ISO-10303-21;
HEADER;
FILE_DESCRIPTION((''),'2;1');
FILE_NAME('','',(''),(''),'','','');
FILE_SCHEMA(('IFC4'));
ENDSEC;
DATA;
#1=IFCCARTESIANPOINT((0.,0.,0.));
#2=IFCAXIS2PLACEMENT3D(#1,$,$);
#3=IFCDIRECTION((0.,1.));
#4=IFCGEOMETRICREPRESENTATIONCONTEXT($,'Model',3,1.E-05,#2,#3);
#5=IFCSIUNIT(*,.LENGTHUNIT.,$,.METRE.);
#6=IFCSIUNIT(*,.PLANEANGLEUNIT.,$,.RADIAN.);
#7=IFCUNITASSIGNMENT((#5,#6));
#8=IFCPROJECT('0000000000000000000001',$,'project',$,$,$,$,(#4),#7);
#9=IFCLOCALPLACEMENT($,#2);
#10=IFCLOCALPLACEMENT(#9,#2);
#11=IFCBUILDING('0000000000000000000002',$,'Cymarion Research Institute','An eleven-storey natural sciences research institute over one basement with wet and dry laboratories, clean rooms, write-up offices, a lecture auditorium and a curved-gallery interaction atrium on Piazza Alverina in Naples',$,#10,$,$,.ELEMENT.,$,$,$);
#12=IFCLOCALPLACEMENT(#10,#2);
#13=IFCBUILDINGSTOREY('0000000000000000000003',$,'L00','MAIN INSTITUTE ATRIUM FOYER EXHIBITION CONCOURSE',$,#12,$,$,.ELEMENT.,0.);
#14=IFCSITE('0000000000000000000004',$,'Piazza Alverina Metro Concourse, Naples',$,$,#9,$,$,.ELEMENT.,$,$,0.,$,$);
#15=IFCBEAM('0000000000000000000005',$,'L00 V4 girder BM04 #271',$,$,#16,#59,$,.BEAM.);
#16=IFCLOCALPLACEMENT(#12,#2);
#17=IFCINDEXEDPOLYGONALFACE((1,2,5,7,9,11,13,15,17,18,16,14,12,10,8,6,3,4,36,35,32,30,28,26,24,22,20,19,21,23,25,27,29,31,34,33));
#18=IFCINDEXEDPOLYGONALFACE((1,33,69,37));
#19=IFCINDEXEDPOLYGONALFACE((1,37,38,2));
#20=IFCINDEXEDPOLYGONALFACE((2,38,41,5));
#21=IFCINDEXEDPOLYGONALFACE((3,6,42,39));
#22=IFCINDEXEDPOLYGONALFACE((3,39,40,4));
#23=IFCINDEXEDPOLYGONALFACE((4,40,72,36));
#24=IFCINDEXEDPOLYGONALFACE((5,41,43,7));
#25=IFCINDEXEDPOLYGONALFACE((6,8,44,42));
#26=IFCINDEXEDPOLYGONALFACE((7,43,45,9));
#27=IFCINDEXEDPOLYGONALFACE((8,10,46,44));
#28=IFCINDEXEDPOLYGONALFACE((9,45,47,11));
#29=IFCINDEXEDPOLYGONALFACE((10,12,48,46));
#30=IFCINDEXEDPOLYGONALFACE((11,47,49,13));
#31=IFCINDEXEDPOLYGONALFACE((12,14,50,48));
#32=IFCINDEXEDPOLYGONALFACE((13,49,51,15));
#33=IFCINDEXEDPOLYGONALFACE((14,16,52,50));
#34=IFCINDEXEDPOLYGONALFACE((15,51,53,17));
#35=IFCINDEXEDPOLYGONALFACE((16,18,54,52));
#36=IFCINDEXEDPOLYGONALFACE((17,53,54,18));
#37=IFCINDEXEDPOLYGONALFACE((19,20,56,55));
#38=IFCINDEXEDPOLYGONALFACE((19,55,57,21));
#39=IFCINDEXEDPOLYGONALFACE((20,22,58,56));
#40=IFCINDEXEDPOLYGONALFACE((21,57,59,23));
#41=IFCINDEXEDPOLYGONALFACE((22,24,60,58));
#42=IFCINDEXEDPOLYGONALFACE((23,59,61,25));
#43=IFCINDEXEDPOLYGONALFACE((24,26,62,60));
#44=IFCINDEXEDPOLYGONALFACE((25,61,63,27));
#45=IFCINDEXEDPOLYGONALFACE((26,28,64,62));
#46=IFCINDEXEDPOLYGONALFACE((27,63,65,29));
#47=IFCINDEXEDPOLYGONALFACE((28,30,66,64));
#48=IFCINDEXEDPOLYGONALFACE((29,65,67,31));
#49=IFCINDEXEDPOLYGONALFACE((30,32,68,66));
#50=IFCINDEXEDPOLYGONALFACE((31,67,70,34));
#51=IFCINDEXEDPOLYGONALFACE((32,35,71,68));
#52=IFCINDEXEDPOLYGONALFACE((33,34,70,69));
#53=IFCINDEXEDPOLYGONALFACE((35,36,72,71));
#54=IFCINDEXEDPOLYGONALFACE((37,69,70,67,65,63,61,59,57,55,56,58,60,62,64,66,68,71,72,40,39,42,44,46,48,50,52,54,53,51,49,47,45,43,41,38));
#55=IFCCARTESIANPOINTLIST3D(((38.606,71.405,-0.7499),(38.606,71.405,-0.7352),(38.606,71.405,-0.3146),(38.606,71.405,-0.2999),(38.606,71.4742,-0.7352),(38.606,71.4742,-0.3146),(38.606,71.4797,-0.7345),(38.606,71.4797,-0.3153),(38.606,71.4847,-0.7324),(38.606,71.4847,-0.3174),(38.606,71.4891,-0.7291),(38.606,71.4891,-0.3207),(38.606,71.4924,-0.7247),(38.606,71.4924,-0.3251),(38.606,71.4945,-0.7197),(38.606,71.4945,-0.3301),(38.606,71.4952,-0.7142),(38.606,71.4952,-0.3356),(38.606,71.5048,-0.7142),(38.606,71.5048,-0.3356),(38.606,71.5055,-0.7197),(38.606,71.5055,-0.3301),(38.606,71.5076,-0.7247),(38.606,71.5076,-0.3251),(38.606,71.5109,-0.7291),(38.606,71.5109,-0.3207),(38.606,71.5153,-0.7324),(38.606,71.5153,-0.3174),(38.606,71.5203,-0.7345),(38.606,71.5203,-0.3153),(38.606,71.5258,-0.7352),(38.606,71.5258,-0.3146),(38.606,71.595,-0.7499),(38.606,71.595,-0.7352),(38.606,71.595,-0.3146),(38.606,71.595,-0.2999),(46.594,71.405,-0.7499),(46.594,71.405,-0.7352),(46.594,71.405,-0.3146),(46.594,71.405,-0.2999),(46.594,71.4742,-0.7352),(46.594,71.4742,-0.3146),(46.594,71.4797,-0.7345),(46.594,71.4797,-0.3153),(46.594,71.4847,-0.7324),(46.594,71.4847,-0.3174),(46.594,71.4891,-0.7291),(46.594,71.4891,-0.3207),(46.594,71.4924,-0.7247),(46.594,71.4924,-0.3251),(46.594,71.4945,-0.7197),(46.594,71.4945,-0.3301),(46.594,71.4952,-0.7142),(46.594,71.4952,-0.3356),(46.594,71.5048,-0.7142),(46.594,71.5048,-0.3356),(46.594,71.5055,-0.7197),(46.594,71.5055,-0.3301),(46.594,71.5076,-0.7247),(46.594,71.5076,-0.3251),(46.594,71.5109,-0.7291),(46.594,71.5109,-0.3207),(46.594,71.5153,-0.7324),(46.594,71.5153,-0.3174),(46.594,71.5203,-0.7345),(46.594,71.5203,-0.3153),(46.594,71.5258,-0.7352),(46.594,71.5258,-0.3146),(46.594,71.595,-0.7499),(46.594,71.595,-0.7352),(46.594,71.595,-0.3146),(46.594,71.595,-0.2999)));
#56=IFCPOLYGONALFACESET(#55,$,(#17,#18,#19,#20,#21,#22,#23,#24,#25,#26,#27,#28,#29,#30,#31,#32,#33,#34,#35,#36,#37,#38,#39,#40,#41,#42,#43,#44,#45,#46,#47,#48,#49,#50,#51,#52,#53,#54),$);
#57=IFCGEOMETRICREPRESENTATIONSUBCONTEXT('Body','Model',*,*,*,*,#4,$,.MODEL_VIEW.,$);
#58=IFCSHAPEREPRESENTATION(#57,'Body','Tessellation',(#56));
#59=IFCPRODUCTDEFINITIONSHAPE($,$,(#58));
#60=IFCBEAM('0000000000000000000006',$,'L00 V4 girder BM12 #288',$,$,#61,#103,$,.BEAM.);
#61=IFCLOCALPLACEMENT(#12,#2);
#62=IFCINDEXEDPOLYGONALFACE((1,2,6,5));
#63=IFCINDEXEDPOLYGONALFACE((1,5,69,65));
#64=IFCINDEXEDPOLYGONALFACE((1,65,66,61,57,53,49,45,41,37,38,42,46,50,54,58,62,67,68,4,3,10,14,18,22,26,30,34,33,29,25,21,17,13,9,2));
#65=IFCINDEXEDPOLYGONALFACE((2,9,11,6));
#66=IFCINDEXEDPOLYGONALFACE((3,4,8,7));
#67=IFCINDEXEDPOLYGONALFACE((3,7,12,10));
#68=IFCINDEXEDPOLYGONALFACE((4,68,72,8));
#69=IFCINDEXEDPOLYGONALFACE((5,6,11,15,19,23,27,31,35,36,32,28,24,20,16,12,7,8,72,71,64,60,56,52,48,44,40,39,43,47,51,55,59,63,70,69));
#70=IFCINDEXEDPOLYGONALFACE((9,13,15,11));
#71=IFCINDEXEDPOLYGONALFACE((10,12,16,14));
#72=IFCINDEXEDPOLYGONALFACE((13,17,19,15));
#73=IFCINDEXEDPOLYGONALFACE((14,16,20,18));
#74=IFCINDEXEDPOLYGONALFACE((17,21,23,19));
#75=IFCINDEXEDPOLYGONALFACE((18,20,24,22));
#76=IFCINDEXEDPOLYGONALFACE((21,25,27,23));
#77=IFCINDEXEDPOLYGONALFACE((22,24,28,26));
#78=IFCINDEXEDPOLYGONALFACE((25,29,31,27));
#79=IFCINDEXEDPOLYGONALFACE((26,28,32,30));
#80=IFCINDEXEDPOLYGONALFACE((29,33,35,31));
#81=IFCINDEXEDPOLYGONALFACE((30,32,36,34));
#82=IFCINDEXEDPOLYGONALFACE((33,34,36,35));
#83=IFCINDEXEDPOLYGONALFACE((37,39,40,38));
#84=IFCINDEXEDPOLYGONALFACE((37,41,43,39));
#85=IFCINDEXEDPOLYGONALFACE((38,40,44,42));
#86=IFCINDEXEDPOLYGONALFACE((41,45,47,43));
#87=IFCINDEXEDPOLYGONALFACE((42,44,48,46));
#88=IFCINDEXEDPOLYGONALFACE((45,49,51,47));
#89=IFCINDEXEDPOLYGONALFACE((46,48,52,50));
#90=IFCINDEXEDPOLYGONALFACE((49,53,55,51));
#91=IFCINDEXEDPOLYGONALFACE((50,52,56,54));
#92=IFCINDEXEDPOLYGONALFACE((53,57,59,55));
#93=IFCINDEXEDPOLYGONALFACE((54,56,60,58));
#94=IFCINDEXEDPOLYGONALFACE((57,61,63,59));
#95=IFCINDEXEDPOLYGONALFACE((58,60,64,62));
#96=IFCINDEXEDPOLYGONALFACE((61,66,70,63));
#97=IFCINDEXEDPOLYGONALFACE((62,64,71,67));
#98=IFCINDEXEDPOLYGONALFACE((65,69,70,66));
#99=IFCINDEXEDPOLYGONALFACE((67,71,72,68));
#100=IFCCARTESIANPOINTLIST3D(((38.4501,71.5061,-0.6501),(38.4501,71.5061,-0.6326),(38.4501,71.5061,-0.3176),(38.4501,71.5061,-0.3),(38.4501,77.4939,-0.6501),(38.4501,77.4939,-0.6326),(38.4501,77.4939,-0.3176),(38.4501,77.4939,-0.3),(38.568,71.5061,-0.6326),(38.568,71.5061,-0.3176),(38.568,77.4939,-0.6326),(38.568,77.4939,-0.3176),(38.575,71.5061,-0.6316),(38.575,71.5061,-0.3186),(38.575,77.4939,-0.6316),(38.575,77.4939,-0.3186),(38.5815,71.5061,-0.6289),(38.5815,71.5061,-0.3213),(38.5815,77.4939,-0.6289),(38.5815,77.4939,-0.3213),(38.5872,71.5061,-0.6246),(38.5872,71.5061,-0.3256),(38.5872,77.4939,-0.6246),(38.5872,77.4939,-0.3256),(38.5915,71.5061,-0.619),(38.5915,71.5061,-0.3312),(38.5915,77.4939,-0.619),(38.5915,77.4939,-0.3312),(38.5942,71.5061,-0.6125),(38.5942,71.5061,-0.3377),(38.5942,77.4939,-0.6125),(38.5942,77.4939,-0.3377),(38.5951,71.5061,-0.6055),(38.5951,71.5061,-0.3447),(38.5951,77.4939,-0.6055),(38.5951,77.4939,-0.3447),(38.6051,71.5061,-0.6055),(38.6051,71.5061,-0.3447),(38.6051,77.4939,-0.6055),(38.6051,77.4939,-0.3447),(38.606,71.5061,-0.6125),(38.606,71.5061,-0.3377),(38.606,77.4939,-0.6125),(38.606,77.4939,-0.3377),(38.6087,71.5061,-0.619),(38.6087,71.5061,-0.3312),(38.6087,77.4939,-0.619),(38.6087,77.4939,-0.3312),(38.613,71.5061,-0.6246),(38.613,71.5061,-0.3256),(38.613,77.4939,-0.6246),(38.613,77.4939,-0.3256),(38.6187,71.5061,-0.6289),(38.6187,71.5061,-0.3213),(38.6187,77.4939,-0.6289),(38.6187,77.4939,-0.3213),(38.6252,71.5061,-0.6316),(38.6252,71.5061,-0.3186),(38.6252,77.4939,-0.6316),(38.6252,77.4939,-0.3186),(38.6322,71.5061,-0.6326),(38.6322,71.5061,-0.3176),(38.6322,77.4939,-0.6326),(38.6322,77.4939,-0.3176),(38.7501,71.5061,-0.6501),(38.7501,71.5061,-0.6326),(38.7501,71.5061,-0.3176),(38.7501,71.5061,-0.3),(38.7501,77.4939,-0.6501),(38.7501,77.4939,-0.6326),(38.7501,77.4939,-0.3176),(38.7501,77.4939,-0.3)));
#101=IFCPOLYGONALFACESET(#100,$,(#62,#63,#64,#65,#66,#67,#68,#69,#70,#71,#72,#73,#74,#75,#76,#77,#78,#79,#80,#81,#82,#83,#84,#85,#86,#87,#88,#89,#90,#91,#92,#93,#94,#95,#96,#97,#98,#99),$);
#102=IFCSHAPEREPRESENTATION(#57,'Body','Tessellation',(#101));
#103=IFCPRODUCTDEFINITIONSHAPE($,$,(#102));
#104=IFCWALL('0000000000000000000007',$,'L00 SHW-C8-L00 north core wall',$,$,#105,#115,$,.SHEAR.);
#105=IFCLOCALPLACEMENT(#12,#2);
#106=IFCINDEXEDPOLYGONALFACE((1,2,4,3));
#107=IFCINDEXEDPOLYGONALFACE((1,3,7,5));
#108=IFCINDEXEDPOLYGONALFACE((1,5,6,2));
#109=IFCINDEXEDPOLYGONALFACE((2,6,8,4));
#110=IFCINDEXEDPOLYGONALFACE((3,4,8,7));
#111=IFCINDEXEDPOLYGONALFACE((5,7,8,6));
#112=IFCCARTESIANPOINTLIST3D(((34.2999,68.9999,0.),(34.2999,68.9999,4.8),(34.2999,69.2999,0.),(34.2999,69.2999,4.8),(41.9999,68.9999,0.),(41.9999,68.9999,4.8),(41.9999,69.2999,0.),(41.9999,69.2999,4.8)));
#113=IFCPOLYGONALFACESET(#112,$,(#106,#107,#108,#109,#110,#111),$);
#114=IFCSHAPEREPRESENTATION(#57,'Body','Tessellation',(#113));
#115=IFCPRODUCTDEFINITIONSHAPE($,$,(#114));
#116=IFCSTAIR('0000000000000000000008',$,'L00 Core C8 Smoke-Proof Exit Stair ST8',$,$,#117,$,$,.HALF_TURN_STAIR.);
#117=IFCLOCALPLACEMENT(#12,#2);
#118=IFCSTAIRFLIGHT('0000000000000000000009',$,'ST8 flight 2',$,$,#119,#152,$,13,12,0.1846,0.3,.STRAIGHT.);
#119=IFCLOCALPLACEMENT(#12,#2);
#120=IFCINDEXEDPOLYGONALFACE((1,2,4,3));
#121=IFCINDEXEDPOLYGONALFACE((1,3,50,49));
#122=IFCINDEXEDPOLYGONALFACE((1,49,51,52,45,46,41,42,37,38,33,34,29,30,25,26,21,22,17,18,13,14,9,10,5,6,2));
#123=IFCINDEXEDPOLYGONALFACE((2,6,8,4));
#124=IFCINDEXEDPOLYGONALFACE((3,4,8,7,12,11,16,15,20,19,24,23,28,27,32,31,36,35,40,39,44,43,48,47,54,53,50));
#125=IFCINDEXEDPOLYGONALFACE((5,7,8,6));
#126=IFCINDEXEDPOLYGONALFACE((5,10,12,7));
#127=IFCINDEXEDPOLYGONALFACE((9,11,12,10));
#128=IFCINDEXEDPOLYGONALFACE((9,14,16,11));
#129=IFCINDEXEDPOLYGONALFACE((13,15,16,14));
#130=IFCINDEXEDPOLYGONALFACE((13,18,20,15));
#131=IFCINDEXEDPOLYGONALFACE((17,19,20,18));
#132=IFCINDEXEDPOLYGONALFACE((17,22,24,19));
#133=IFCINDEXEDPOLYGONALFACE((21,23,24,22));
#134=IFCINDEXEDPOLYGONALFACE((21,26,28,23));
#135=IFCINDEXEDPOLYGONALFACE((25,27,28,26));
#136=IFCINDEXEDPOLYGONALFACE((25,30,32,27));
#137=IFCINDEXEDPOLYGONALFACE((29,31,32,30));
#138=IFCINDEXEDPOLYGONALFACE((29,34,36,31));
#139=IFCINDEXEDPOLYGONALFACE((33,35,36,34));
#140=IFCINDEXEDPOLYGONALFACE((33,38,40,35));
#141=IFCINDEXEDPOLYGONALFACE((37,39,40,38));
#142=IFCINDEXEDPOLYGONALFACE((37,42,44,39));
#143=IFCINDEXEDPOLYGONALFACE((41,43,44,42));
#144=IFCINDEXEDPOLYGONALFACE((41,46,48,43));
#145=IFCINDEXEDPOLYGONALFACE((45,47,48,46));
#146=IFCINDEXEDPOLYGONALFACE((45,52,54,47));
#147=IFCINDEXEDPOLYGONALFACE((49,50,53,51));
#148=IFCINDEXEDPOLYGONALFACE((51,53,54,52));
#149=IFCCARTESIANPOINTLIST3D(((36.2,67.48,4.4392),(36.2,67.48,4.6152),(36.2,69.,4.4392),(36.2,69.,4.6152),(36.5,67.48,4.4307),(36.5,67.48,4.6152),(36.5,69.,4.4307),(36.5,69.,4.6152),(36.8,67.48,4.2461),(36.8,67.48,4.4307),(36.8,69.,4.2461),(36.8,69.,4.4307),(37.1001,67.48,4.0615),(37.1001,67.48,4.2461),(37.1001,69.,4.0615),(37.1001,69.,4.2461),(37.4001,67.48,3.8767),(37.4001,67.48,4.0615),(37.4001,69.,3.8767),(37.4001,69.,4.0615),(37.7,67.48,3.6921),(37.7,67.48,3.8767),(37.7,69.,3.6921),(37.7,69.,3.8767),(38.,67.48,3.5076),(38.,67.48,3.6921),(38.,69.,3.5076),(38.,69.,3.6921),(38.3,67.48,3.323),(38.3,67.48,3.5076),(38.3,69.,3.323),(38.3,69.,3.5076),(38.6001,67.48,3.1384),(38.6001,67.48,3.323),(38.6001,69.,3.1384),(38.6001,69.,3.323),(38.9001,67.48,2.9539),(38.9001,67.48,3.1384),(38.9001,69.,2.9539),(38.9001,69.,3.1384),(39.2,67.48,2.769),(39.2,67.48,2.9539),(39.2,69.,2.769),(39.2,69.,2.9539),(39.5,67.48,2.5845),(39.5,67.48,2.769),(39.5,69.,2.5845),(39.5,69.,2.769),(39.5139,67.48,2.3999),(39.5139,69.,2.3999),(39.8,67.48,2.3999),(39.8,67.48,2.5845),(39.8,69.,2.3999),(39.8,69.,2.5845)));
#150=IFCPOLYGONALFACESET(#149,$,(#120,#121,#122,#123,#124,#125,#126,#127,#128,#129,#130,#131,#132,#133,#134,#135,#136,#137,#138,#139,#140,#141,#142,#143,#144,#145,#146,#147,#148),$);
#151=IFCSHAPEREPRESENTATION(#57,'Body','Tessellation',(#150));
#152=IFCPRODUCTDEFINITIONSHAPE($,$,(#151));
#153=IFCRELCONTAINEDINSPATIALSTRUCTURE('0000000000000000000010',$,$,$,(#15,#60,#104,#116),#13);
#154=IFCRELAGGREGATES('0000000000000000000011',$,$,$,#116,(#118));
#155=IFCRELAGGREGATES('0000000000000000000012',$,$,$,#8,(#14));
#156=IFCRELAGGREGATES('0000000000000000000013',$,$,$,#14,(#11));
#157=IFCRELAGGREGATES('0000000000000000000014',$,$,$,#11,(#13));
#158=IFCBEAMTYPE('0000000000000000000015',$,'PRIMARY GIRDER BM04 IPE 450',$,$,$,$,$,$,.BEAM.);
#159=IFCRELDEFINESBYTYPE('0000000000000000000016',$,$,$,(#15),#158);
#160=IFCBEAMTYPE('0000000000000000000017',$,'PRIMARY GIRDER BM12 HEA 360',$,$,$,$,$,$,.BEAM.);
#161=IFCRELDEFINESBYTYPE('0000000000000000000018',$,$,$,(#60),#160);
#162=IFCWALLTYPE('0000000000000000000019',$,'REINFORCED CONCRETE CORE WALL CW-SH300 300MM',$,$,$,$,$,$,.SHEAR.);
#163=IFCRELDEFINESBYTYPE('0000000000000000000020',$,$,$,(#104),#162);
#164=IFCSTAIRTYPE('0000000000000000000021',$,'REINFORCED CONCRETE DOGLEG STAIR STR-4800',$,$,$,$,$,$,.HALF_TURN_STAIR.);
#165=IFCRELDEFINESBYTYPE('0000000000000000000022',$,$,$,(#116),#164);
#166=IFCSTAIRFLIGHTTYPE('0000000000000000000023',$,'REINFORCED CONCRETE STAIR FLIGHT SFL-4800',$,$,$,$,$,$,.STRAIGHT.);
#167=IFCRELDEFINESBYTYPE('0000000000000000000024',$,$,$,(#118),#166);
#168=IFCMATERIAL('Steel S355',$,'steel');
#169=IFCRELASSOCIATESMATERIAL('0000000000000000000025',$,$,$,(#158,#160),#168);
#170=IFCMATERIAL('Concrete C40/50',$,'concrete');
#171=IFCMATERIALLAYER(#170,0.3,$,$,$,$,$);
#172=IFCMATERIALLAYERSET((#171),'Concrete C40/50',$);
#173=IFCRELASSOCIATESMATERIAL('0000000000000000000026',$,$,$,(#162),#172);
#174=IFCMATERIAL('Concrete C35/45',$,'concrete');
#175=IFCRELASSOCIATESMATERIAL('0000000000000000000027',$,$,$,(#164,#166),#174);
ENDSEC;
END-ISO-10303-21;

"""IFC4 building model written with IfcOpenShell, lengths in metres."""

from ifc_helpers import new_model, si_unit, direction, frame, frame_2d, origin, origin_2d, place, context, subcontext, project, spatial, polyline, rectangle, i_section, outline, extrude, material, layer, layer_set, material_profile, profile_set, type_object, element, aggregate, save


model = new_model("IFC4")

# Units and contexts
model_context = context("Model", 3, precision=1e-05, world=origin(), true_north=direction((0.0, 1.0)))
body_context = subcontext(model_context, "Body", "Model", "MODEL_VIEW")
ifc_project = project(units=[si_unit("LENGTHUNIT", "METRE"), si_unit("PLANEANGLEUNIT", "RADIAN")], contexts=[model_context])

# Site, building, storey
site_placement = place(None, origin())
site = spatial("IfcSite", under=ifc_project, at=site_placement, Name="Piazza Alverina Metro Concourse, Naples", CompositionType="ELEMENT", RefElevation=0.0)
building_placement = place(site_placement, origin())
building = spatial("IfcBuilding", under=site, at=building_placement, Name="Cymarion Research Institute", Description="An eleven-storey natural sciences research institute over one basement with wet and dry laboratories, clean rooms, write-up offices, a lecture auditorium and a curved-gallery interaction atrium on Piazza Alverina in Naples", CompositionType="ELEMENT")
storey_placement = place(building_placement, origin())
storey = spatial("IfcBuildingStorey", under=building, at=storey_placement, Name="L00", Description="MAIN INSTITUTE ATRIUM FOYER EXHIBITION CONCOURSE", CompositionType="ELEMENT", Elevation=0.0)

# Shared definitions
ifc_material_1 = material(Name="Steel S355", Category="steel")

# Beams
ifc_material_profile_1 = material_profile(ifc_material_1, i_section(OverallWidth=0.1899, OverallDepth=0.45, WebThickness=0.0095, FlangeThickness=0.0146, FilletRadius=0.021, at=origin_2d()), Name="IPE 450")
ifc_profile_set_1 = profile_set([ifc_material_profile_1], Name="Steel S355")
beam_type_1 = type_object("IfcBeamType", Name="PRIMARY GIRDER BM04 IPE 450", PredefinedType="BEAM", material=ifc_profile_set_1)
beam_1_placement = place(storey_placement, frame((38.606, 71.5, -0.5249), z_axis=(1.0, 0.0, 0.0), x_axis=(0.0, 1.0, 0.0)))
element("IfcBeam", 1, at=beam_1_placement, inside=storey, type_object=beam_type_1, Name="L00 V4 girder BM04 #271", PredefinedType="BEAM", context=body_context, shape_type="SweptSolid", body=[
    extrude(i_section(OverallWidth=0.1899, OverallDepth=0.45, WebThickness=0.0095, FlangeThickness=0.0146, FilletRadius=0.021, at=origin_2d()), origin(), (0.0, 0.0, 1.0), 7.988),
])
ifc_material_profile_2 = material_profile(ifc_material_1, i_section(OverallWidth=0.3, OverallDepth=0.3501, WebThickness=0.01, FlangeThickness=0.0176, FilletRadius=0.0271, at=origin_2d()), Name="HEA 360")
ifc_profile_set_2 = profile_set([ifc_material_profile_2], Name="Steel S355")
beam_type_2 = type_object("IfcBeamType", Name="PRIMARY GIRDER BM12 HEA 360", PredefinedType="BEAM", material=ifc_profile_set_2)
beam_2_placement = place(storey_placement, frame((38.6001, 71.5061, -0.4751), z_axis=(0.0, 1.0, 0.0), x_axis=(-1.0, 0.0, 0.0)))
element("IfcBeam", 2, at=beam_2_placement, inside=storey, type_object=beam_type_2, Name="L00 V4 girder BM12 #288", PredefinedType="BEAM", context=body_context, shape_type="SweptSolid", body=[
    extrude(i_section(OverallWidth=0.3, OverallDepth=0.3501, WebThickness=0.01, FlangeThickness=0.0176, FilletRadius=0.0271, at=origin_2d()), origin(), (0.0, 0.0, 1.0), 5.9878),
])

# Wall
ifc_material_2 = material(Name="Concrete C40/50", Category="concrete")
ifc_layer_1 = layer(ifc_material_2, 0.3)
ifc_layer_set_1 = layer_set([ifc_layer_1], Name="Concrete C40/50")
wall_type = type_object("IfcWallType", Name="REINFORCED CONCRETE CORE WALL CW-SH300 300MM", PredefinedType="SHEAR", material=ifc_layer_set_1)
wall_placement = place(storey_placement, frame((42.0, 69.1499, 0.0), z_axis=(0.0, 0.0, 1.0), x_axis=(-1.0, 0.0, 0.0)))
element("IfcWall", 3, at=wall_placement, inside=storey, type_object=wall_type, Name="L00 SHW-C8-L00 north core wall", PredefinedType="SHEAR", context=body_context, shape_type="SweptSolid", body=[
    extrude(rectangle(XDim=7.7, YDim=0.3, at=frame_2d((3.8501, 0.0))), origin(), (0.0, 0.0, 1.0), 4.8),
])

# Stair, stair flight
ifc_material_3 = material(Name="Concrete C35/45", Category="concrete")
stair_type = type_object("IfcStairType", Name="REINFORCED CONCRETE DOGLEG STAIR STR-4800", PredefinedType="HALF_TURN_STAIR", material=ifc_material_3)
stair_placement = place(storey_placement, origin())
stair = element("IfcStair", 4, at=stair_placement, inside=storey, type_object=stair_type, Name="L00 Core C8 Smoke-Proof Exit Stair ST8", PredefinedType="HALF_TURN_STAIR")
stair_flight_type = type_object("IfcStairFlightType", Name="REINFORCED CONCRETE STAIR FLIGHT SFL-4800", PredefinedType="STRAIGHT", material=ifc_material_3)
stair_flight_placement = place(storey_placement, frame((39.8, 68.24, 2.3999), z_axis=(0.0, 0.0, 1.0), x_axis=(-1.0, 0.0, 0.0)))
stair_flight = element("IfcStairFlight", 5, at=stair_flight_placement, type_object=stair_flight_type, Name="ST8 flight 2", NumberOfRisers=13, NumberOfTreads=12, PredefinedType="STRAIGHT", RiserHeight=0.1846, TreadLength=0.3, context=body_context, shape_type="SweptSolid", body=[
    extrude(outline(polyline([(0.0, 0.0), (0.0, 0.1846), (0.3, 0.1846), (0.3, 0.3691), (0.6001, 0.3691), (0.6001, 0.554), (0.8999, 0.554), (0.8999, 0.7385), (1.2, 0.7385), (1.2, 0.9231), (1.5, 0.9231), (1.5, 1.1077), (1.8, 1.1077), (1.8, 1.2922), (2.1001, 1.2922), (2.1001, 1.4768), (2.3999, 1.4768), (2.3999, 1.6616), (2.7, 1.6616), (2.7, 1.8462), (3.0, 1.8462), (3.0, 2.0308), (3.3, 2.0308), (3.3, 2.2153), (3.6001, 2.2153), (3.6001, 2.3999), (3.6001, 2.0393), (0.2861, 0.0), (0.0, 0.0)])), frame((0.0, 0.76, 0.0), z_axis=(0.0, -1.0, 0.0), x_axis=(1.0, 0.0, 0.0)), (0.0, 0.0, 1.0), 1.52),
])
aggregate(stair, [stair_flight])

save(model, "model.ifc")
